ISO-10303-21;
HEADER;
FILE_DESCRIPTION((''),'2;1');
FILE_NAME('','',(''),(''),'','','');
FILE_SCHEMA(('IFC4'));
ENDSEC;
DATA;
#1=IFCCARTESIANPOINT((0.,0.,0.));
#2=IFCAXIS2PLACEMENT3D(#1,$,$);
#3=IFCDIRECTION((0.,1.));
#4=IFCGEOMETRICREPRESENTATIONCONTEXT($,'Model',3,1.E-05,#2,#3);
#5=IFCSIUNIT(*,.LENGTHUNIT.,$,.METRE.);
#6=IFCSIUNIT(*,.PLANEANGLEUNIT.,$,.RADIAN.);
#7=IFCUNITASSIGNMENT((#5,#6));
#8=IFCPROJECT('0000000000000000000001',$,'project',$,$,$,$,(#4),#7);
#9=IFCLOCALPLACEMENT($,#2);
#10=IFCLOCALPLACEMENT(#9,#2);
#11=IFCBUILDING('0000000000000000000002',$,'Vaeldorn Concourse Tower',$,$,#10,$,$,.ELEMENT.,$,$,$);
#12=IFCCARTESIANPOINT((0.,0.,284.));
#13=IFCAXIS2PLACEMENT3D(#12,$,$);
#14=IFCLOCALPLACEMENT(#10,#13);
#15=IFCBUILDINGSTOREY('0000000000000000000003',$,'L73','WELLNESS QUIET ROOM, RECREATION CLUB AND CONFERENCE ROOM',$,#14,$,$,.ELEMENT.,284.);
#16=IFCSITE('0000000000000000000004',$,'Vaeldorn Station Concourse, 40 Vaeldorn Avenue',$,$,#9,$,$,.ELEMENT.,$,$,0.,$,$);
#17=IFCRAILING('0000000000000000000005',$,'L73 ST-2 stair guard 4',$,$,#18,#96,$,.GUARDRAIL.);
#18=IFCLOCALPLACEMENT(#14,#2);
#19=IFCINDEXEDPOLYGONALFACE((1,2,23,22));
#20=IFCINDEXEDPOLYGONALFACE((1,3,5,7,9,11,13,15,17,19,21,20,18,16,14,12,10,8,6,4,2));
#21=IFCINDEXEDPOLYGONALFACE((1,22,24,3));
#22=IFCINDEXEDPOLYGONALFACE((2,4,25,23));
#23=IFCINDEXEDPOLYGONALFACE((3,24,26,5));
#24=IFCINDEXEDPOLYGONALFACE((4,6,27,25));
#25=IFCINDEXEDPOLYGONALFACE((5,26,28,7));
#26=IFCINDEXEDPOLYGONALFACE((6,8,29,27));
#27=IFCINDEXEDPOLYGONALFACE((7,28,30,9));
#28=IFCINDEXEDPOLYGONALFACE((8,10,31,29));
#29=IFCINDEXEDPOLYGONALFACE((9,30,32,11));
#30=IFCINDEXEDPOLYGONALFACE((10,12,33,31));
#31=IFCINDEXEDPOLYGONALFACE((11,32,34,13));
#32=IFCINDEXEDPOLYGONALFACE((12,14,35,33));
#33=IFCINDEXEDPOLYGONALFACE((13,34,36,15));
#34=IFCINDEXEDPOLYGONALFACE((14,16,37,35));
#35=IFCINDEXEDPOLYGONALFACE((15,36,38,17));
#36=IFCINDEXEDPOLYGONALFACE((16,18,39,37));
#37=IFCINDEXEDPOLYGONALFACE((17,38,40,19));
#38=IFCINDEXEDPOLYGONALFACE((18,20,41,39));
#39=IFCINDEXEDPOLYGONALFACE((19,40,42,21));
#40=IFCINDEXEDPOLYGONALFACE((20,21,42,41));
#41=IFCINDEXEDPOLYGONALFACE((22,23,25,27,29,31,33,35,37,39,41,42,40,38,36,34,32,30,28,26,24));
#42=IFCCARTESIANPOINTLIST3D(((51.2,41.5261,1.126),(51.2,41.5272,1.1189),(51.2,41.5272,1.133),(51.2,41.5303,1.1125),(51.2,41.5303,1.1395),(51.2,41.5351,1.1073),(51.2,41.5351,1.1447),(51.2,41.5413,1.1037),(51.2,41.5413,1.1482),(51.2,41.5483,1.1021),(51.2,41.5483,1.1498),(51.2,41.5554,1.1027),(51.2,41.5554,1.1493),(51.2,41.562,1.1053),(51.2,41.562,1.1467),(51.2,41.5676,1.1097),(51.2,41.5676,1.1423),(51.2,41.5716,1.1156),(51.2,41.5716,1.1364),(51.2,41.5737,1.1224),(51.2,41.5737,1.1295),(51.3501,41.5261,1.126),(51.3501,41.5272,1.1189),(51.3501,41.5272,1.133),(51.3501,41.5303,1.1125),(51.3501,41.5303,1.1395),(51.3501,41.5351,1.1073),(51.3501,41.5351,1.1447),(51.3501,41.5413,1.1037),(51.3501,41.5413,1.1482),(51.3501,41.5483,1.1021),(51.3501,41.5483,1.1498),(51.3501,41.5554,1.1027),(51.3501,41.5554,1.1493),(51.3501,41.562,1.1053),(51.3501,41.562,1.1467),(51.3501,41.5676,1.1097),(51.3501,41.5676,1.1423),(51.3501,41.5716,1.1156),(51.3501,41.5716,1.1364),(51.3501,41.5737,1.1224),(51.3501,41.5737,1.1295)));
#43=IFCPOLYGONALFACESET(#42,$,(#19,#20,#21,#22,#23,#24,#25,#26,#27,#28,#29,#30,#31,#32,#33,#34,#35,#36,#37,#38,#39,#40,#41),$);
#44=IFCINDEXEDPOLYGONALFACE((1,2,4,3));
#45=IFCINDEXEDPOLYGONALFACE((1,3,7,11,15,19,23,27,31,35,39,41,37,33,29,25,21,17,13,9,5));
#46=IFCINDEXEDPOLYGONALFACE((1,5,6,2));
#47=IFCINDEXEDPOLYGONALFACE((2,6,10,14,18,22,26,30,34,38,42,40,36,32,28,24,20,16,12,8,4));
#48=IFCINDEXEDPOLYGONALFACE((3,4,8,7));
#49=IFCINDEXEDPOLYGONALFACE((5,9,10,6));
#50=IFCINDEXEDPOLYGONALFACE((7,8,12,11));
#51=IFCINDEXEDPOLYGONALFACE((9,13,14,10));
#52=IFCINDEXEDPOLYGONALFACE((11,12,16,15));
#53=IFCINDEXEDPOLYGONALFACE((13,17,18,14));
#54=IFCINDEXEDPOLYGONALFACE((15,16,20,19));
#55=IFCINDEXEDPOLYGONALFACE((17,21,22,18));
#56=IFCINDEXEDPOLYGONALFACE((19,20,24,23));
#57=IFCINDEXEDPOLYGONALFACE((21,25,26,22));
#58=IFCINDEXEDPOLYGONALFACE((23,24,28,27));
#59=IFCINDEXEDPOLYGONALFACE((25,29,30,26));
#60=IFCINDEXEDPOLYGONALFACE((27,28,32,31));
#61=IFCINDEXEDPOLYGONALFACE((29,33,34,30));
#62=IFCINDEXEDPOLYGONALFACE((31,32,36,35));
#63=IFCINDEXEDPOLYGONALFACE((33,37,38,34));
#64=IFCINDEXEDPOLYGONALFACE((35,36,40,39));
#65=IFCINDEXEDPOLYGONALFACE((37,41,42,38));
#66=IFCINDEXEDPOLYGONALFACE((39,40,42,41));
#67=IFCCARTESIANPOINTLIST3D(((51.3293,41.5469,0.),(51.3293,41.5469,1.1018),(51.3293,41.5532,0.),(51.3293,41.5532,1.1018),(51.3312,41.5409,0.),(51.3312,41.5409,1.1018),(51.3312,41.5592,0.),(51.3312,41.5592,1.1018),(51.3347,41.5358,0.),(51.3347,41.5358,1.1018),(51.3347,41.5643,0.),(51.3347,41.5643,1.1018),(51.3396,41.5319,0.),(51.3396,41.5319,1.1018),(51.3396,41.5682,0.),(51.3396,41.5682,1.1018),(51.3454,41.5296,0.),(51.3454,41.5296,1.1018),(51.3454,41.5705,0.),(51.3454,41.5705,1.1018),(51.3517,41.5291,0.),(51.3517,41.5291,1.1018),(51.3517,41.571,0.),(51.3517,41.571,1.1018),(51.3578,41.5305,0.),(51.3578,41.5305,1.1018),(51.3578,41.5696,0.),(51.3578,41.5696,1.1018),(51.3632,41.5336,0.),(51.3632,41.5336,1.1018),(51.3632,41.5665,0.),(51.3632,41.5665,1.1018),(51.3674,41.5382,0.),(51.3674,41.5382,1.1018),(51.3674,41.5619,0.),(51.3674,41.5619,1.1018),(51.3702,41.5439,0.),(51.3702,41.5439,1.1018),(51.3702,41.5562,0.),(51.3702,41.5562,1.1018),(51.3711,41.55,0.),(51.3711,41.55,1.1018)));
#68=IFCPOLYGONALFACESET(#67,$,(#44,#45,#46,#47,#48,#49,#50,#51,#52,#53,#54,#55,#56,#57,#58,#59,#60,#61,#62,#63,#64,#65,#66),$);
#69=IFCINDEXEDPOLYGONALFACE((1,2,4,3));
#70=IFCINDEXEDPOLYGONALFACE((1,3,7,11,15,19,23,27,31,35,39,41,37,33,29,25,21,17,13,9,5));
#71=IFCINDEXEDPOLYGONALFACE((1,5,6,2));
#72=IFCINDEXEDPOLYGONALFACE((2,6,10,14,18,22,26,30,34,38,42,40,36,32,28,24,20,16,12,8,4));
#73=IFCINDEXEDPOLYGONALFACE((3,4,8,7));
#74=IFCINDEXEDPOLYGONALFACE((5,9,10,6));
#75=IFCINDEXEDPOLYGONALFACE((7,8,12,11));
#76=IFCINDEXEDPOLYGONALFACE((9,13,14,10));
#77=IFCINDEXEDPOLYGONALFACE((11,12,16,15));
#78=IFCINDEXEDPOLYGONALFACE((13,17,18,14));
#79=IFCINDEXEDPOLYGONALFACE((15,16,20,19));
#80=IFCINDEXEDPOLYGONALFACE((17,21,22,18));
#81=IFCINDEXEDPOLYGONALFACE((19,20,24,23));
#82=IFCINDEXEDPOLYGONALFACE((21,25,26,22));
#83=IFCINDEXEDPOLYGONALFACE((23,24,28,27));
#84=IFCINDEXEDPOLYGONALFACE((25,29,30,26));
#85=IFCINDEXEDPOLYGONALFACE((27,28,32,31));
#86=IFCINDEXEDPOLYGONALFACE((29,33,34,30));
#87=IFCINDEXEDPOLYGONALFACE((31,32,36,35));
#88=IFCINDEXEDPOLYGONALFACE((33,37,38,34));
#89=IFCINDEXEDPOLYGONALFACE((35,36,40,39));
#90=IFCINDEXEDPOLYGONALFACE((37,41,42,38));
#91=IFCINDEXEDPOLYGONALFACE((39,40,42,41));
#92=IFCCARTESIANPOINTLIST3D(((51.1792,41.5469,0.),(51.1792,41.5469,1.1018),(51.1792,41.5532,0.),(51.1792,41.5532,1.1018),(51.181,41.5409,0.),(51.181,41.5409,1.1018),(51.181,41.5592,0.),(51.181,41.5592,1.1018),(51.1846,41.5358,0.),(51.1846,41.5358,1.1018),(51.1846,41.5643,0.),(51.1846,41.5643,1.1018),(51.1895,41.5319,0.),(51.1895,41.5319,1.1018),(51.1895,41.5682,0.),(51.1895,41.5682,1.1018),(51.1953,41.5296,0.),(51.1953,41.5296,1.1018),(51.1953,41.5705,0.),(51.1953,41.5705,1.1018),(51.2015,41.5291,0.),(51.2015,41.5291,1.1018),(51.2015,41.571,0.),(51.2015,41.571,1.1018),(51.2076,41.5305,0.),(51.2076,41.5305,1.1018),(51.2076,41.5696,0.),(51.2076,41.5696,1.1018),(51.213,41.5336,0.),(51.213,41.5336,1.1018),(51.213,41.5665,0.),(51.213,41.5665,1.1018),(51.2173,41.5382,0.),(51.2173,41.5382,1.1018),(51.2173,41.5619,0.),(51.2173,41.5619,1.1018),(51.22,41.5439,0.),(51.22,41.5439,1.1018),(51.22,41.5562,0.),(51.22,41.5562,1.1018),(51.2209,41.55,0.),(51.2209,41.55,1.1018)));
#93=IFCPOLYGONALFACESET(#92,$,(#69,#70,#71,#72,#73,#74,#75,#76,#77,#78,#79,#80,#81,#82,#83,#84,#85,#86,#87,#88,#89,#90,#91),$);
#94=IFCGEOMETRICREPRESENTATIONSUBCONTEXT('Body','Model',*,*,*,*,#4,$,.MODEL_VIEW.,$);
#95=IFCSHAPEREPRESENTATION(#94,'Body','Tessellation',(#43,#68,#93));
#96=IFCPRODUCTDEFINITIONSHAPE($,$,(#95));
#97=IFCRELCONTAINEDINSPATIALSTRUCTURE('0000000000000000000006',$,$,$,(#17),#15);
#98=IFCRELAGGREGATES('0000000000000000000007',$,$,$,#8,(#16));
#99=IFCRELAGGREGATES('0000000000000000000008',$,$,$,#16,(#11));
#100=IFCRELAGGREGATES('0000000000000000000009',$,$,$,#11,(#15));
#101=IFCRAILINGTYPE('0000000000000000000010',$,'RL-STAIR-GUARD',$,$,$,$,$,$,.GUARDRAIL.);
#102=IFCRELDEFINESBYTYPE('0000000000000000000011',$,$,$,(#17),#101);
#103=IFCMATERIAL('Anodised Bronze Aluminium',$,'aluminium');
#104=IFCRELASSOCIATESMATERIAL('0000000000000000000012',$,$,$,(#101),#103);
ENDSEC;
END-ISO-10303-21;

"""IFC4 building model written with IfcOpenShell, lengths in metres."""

from ifc_helpers import new_model, si_unit, direction, frame, origin, origin_2d, place, context, subcontext, project, spatial, circle, extrude, material, type_object, element, save


model = new_model("IFC4")

# Units and contexts
model_context = context("Model", 3, precision=1e-05, world=origin(), true_north=direction((0.0, 1.0)))
body_context = subcontext(model_context, "Body", "Model", "MODEL_VIEW")
ifc_project = project(units=[si_unit("LENGTHUNIT", "METRE"), si_unit("PLANEANGLEUNIT", "RADIAN")], contexts=[model_context])

# Site, building, storey
site_placement = place(None, origin())
site = spatial("IfcSite", under=ifc_project, at=site_placement, Name="Vaeldorn Station Concourse, 40 Vaeldorn Avenue", CompositionType="ELEMENT", RefElevation=0.0)
building_placement = place(site_placement, origin())
building = spatial("IfcBuilding", under=site, at=building_placement, Name="Vaeldorn Concourse Tower", CompositionType="ELEMENT")
storey_placement = place(building_placement, frame((0.0, 0.0, 284.0)))
storey = spatial("IfcBuildingStorey", under=building, at=storey_placement, Name="L73", Description="WELLNESS QUIET ROOM, RECREATION CLUB AND CONFERENCE ROOM", CompositionType="ELEMENT", Elevation=284.0)

# Shared definitions
ifc_material_1 = material(Name="Anodised Bronze Aluminium", Category="aluminium")

# Railing
railing_type_1 = type_object("IfcRailingType", Name="RL-STAIR-GUARD", PredefinedType="GUARDRAIL", material=ifc_material_1)
railing_1_placement = place(storey_placement, frame((51.3501, 41.55, 0.0)))
element("IfcRailing", 1, at=railing_1_placement, inside=storey, type_object=railing_type_1, Name="L73 ST-2 stair guard 4", PredefinedType="GUARDRAIL", context=body_context, shape_type="SweptSolid", body=[
    extrude(circle(Radius=0.0239, at=origin_2d()), frame((0.0, 0.0, 1.126), z_axis=(-1.0, 0.0, 0.0), x_axis=(0.0, -1.0, 0.0)), (0.0, 0.0, 1.0), 0.1501),
    extrude(circle(Radius=0.021, at=origin_2d()), origin(), (0.0, 0.0, 1.0), 1.1018),
    extrude(circle(Radius=0.021, at=origin_2d()), frame((-0.1501, 0.0, 0.0)), (0.0, 0.0, 1.0), 1.1018),
])

save(model, "model.ifc")
